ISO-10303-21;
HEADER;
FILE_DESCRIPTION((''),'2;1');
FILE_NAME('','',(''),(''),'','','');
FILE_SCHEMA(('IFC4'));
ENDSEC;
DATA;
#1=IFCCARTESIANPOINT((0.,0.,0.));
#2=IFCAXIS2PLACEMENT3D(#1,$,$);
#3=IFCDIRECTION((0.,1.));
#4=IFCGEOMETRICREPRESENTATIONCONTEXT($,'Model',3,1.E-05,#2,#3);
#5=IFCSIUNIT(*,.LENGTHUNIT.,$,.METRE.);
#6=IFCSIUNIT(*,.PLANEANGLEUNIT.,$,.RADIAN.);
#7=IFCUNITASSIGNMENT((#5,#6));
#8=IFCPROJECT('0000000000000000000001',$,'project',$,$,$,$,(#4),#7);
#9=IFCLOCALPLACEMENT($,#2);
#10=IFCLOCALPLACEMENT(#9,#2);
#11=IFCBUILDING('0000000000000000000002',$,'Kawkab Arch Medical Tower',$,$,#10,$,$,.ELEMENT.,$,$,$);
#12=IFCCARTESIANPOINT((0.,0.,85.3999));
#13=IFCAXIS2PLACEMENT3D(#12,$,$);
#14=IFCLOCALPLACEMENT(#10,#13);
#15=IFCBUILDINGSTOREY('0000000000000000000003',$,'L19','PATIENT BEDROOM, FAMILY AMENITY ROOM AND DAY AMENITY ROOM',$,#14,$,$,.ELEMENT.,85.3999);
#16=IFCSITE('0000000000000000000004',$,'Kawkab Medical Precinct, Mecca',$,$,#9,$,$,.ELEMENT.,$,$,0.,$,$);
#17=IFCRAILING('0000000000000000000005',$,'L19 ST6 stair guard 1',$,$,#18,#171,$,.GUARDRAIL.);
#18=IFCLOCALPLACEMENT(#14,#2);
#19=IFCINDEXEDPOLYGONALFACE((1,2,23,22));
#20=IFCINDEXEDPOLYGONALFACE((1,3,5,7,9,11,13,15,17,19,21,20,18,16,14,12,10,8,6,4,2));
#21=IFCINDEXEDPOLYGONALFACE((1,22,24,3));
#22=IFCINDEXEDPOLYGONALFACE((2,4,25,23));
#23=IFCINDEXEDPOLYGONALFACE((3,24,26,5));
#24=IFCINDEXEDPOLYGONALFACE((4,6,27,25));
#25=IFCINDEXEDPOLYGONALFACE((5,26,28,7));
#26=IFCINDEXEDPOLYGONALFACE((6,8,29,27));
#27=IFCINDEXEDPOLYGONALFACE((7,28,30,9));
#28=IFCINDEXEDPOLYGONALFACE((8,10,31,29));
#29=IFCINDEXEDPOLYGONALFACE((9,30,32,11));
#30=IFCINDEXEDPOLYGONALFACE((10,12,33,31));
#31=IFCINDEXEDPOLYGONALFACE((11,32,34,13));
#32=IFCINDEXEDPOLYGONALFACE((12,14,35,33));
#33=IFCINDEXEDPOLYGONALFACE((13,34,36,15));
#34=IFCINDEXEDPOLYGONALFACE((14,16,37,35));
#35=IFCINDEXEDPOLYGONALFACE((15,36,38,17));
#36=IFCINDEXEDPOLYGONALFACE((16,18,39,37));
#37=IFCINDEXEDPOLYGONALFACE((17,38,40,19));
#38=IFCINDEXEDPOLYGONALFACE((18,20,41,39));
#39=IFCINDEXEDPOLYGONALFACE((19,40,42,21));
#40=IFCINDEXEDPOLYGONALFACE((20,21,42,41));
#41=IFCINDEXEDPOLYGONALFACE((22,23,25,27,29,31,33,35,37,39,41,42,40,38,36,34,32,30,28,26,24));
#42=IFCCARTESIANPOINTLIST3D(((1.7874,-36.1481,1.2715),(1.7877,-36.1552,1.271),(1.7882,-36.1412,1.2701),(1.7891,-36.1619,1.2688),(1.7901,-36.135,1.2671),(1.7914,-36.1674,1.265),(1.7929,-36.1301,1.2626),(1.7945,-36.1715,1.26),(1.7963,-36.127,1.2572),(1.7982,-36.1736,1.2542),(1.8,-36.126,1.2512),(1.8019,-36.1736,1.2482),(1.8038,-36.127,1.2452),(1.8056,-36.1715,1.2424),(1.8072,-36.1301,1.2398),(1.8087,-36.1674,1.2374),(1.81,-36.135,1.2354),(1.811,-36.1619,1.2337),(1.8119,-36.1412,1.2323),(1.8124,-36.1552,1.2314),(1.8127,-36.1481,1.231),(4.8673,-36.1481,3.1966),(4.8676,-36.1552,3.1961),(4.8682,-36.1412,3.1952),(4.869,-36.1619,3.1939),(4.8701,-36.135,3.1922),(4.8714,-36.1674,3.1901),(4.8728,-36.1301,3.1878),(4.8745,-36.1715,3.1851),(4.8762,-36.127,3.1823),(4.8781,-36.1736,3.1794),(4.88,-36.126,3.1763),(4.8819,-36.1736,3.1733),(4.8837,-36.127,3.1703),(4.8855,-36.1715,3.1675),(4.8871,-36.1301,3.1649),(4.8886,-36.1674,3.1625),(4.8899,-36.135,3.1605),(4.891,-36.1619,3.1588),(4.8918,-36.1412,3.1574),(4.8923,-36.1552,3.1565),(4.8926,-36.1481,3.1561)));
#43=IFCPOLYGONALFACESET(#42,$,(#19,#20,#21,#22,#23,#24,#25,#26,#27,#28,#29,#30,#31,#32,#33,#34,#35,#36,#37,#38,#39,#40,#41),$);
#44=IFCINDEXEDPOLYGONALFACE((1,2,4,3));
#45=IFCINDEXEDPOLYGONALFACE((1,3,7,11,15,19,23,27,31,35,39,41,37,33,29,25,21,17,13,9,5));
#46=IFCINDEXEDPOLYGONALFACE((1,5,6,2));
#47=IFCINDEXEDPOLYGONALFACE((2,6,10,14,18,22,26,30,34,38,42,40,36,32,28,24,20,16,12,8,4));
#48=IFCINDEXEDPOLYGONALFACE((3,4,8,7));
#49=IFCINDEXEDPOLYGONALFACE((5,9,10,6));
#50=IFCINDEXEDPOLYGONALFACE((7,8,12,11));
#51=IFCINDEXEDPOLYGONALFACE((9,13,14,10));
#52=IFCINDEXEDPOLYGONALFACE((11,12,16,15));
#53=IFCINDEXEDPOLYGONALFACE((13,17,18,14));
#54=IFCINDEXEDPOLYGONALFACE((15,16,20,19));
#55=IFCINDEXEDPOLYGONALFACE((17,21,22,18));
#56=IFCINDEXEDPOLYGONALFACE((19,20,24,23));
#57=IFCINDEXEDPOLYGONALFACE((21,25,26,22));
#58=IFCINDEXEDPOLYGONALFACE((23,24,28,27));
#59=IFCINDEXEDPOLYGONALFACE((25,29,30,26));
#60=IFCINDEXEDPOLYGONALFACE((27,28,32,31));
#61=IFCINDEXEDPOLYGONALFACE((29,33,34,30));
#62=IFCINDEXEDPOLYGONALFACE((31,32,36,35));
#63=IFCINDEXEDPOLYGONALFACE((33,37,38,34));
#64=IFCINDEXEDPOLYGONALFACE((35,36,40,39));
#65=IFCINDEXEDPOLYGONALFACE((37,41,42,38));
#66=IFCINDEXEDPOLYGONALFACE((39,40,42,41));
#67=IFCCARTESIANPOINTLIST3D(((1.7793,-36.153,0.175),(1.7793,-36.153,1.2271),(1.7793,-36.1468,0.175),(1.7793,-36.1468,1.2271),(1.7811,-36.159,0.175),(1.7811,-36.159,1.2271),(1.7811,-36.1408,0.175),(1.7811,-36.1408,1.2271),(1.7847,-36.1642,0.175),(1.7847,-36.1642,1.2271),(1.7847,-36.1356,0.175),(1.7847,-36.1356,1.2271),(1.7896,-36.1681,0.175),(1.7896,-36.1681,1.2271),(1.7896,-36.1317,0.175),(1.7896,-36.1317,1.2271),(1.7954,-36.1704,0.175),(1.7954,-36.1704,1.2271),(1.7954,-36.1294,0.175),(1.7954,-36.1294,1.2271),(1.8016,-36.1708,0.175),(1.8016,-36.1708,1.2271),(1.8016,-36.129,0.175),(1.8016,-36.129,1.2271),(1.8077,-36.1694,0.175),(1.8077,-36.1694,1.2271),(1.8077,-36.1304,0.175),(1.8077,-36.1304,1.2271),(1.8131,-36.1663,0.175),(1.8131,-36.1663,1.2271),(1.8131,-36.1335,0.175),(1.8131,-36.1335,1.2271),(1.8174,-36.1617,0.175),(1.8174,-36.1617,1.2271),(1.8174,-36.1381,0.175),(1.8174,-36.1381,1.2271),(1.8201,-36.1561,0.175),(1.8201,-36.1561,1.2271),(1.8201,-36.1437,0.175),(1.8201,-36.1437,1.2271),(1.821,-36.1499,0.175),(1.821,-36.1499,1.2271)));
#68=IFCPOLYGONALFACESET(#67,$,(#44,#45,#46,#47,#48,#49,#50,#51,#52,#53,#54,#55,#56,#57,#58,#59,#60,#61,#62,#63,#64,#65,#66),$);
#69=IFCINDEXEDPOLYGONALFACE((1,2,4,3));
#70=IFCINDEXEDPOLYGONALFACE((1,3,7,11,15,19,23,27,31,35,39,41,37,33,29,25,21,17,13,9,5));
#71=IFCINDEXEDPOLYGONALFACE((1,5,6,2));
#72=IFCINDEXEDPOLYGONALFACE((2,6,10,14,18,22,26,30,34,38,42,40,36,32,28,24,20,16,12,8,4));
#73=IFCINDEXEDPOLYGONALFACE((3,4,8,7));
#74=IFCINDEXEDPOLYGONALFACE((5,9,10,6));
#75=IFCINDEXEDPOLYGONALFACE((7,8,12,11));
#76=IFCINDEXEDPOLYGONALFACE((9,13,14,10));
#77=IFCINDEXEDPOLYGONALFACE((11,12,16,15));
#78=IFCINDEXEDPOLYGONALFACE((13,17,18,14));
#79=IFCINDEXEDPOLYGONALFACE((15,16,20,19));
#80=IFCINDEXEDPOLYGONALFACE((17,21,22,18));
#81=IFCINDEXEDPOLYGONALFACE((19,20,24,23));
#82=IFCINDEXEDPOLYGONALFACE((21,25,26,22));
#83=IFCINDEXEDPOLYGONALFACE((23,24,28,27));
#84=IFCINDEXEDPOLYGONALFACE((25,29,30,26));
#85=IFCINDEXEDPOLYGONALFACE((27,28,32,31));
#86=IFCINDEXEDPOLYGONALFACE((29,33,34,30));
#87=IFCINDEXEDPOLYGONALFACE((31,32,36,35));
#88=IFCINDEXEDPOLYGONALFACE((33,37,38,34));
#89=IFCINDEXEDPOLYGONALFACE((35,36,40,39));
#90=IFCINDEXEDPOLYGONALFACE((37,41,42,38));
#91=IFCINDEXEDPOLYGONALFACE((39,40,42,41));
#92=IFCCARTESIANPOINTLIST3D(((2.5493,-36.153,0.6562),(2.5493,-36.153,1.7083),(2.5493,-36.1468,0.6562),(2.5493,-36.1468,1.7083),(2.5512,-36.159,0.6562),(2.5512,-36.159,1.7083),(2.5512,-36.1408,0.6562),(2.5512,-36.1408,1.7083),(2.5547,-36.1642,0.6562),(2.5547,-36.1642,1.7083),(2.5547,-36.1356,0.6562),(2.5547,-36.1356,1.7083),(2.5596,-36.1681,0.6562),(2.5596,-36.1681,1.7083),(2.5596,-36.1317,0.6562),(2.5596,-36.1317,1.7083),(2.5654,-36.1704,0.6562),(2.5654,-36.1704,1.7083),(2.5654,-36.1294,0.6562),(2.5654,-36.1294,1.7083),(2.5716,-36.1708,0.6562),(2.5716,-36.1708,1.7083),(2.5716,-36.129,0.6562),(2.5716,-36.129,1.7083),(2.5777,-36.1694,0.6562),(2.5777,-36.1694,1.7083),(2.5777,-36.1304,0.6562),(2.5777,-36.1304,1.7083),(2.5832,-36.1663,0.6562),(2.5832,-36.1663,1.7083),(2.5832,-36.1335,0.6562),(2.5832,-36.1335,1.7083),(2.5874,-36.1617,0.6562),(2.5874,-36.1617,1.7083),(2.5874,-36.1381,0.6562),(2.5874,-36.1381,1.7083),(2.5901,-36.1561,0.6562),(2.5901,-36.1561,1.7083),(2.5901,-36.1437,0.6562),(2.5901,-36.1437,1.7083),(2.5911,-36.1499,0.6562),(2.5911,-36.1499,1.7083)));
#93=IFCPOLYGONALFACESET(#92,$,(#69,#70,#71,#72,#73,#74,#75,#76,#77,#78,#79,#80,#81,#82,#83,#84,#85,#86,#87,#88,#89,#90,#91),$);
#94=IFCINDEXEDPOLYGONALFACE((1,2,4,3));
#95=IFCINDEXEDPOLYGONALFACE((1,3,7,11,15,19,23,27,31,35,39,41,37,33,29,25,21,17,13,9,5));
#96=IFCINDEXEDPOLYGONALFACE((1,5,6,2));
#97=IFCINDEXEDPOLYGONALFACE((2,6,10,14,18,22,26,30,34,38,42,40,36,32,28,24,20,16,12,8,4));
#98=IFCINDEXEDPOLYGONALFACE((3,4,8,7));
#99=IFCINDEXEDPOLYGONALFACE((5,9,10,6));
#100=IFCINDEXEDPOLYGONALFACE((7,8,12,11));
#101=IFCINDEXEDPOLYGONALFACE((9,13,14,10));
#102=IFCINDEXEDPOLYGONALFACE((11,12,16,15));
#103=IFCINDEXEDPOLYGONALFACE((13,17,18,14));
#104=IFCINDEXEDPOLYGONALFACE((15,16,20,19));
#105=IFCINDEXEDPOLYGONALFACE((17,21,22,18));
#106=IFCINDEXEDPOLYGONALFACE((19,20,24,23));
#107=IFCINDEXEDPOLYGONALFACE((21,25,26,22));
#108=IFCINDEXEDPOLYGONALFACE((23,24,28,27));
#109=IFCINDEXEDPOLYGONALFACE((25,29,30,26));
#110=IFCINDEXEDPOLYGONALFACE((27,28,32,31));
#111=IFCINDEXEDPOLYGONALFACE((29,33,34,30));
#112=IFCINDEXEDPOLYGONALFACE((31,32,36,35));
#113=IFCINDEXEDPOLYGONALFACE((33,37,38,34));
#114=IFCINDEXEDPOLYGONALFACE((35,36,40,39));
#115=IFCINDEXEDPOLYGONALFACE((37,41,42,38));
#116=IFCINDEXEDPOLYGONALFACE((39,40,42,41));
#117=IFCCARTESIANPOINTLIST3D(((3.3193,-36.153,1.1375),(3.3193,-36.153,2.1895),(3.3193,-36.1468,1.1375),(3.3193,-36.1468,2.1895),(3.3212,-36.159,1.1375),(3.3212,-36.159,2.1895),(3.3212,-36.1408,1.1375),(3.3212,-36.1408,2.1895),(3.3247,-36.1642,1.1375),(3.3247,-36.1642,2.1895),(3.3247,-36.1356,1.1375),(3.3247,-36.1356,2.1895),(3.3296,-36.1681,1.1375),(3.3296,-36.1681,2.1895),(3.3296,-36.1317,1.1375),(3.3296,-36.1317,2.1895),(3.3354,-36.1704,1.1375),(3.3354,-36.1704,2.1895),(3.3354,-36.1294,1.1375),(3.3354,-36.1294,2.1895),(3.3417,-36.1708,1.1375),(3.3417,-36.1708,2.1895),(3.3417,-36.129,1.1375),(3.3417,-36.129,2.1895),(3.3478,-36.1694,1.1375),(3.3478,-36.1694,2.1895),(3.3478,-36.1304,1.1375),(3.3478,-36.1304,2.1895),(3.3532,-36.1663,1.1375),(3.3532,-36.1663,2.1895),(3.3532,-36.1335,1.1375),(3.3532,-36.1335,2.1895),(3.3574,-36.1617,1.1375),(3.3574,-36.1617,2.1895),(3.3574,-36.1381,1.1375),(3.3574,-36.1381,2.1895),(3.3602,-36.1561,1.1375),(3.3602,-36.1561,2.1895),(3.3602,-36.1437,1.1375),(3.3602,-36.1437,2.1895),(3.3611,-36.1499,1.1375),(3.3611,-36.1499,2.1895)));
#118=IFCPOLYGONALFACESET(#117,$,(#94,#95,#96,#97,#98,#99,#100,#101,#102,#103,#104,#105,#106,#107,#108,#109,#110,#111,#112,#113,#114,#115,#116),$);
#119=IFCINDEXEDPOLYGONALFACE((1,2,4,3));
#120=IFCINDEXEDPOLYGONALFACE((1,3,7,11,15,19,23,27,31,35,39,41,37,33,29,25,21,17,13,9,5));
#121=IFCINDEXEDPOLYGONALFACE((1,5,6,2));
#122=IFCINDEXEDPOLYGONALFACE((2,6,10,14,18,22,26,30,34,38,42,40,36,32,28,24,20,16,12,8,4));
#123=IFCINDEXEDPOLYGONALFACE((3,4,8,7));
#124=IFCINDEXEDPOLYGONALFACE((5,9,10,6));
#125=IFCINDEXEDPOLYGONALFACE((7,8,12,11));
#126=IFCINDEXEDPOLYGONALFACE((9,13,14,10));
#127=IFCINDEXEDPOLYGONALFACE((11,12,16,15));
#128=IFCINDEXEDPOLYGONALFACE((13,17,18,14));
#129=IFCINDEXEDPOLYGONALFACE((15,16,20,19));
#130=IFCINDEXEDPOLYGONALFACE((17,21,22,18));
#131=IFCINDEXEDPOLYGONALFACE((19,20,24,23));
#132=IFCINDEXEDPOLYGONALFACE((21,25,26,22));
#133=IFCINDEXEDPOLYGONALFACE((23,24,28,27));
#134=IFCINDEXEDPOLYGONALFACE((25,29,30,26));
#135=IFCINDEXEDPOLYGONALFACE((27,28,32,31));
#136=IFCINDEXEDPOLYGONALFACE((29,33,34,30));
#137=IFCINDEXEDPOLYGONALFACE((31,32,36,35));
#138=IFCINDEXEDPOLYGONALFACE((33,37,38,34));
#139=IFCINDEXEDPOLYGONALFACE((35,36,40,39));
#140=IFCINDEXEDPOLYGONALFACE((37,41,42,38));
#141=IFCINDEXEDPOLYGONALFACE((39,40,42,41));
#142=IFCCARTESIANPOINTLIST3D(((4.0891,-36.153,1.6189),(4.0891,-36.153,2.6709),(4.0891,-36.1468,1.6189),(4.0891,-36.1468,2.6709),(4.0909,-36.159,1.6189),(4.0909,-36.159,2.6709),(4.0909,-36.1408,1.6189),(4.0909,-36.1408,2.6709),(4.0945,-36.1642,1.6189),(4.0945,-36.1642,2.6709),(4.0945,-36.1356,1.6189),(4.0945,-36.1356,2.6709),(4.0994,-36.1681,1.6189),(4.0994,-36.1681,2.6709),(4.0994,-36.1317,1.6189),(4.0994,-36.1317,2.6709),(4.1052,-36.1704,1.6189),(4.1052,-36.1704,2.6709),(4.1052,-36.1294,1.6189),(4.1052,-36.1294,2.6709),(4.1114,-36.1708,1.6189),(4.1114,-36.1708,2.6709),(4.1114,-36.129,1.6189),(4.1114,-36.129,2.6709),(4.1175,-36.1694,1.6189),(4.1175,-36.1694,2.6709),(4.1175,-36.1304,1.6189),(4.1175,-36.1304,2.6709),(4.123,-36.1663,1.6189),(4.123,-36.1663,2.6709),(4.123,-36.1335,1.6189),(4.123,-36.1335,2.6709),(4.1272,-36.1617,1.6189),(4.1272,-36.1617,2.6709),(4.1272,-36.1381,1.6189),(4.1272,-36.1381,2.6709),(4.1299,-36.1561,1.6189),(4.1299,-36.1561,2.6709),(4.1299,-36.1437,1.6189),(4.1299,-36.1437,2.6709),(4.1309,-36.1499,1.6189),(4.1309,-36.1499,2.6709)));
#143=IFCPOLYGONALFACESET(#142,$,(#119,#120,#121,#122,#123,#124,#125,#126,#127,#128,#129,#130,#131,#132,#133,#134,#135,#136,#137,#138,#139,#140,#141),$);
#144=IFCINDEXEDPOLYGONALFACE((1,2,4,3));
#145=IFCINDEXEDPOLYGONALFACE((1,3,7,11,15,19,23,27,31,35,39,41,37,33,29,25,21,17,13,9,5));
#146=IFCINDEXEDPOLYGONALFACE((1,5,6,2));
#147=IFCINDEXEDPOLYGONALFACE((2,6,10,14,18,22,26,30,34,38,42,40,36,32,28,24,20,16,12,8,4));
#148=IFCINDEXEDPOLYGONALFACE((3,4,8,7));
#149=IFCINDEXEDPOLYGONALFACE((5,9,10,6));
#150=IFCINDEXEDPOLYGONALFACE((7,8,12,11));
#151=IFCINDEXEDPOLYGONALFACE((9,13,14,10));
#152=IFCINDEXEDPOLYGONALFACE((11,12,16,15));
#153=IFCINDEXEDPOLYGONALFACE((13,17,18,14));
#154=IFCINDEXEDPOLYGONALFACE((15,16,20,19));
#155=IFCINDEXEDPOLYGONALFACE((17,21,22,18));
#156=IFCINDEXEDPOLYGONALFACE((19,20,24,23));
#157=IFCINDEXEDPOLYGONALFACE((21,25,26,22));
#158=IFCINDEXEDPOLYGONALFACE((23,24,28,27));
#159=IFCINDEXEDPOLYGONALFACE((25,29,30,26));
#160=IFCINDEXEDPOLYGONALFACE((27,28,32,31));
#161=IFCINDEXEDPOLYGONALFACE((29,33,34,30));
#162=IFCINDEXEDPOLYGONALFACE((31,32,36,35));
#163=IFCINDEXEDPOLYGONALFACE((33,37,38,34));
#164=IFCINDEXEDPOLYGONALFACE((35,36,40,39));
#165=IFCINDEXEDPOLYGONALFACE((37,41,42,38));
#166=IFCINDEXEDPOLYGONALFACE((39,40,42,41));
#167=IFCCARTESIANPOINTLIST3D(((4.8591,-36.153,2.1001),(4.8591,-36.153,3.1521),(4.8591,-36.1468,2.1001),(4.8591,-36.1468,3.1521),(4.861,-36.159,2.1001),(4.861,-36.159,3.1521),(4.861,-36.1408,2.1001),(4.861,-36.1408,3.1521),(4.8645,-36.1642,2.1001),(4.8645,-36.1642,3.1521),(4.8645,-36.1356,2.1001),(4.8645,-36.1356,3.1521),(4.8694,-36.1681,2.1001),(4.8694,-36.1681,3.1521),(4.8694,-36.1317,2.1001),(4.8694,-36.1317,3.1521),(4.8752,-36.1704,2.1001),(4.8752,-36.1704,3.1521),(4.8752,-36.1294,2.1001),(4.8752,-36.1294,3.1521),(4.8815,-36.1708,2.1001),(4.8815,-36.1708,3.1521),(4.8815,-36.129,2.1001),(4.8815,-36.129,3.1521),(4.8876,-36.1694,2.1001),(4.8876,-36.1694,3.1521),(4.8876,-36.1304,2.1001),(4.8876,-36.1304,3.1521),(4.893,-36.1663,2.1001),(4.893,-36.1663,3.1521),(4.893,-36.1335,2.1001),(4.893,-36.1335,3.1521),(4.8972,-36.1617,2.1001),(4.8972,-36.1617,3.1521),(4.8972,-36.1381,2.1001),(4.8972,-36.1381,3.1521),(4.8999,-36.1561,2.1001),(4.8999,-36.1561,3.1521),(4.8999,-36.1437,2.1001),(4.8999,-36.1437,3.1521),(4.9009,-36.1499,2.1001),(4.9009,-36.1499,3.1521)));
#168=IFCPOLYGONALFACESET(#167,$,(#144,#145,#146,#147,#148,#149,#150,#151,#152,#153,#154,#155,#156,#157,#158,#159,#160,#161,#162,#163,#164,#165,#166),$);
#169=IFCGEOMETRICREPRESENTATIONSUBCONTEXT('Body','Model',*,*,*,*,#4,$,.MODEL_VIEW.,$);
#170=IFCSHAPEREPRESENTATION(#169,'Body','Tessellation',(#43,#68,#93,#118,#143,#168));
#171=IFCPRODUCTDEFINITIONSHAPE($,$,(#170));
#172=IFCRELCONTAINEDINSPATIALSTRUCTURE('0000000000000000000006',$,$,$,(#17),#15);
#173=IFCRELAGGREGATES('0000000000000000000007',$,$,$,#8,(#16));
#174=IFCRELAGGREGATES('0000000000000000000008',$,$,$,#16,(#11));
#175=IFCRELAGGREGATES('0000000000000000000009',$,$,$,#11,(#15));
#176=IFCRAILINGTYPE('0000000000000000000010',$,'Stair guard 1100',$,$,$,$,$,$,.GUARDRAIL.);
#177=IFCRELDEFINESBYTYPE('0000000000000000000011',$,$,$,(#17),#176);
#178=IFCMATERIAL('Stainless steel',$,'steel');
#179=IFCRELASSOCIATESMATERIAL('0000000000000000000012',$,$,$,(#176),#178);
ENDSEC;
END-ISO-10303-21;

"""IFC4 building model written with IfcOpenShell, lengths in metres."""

from ifc_helpers import new_model, si_unit, direction, frame, origin, origin_2d, place, context, subcontext, project, spatial, circle, extrude, material, type_object, element, save


model = new_model("IFC4")

# Units and contexts
model_context = context("Model", 3, precision=1e-05, world=origin(), true_north=direction((0.0, 1.0)))
body_context = subcontext(model_context, "Body", "Model", "MODEL_VIEW")
ifc_project = project(units=[si_unit("LENGTHUNIT", "METRE"), si_unit("PLANEANGLEUNIT", "RADIAN")], contexts=[model_context])

# Site, building, storey
site_placement = place(None, origin())
site = spatial("IfcSite", under=ifc_project, at=site_placement, Name="Kawkab Medical Precinct, Mecca", CompositionType="ELEMENT", RefElevation=0.0)
building_placement = place(site_placement, origin())
building = spatial("IfcBuilding", under=site, at=building_placement, Name="Kawkab Arch Medical Tower", CompositionType="ELEMENT")
storey_placement = place(building_placement, frame((0.0, 0.0, 85.3999)))
storey = spatial("IfcBuildingStorey", under=building, at=storey_placement, Name="L19", Description="PATIENT BEDROOM, FAMILY AMENITY ROOM AND DAY AMENITY ROOM", CompositionType="ELEMENT", Elevation=85.3999)

# Railing
ifc_material_1 = material(Name="Stainless steel", Category="steel")
railing_type = type_object("IfcRailingType", Name="Stair guard 1100", PredefinedType="GUARDRAIL", material=ifc_material_1)
railing_1_placement = place(storey_placement, frame((1.8, -36.1499, 0.175)))
element("IfcRailing", 1, at=railing_1_placement, inside=storey, type_object=railing_type, Name="L19 ST6 stair guard 1", PredefinedType="GUARDRAIL", context=body_context, shape_type="SweptSolid", body=[
    extrude(circle(Radius=0.0239, at=origin_2d()), frame((0.0, 0.0, 1.0762), z_axis=(0.847979, 0.0, 0.530029), x_axis=(0.0, 1.0, 0.0)), (0.0, 0.0, 1.0), 3.6321),
    extrude(circle(Radius=0.021, at=origin_2d()), origin(), (0.0, 0.0, 1.0), 1.052),
    extrude(circle(Radius=0.021, at=origin_2d()), frame((0.77, 0.0, 0.4812)), (0.0, 0.0, 1.0), 1.052),
    extrude(circle(Radius=0.021, at=origin_2d()), frame((1.54, 0.0, 0.9624)), (0.0, 0.0, 1.0), 1.052),
    extrude(circle(Radius=0.021, at=origin_2d()), frame((2.3098, 0.0, 1.4438)), (0.0, 0.0, 1.0), 1.052),
    extrude(circle(Radius=0.021, at=origin_2d()), frame((3.0798, 0.0, 1.925)), (0.0, 0.0, 1.0), 1.052),
])

save(model, "model.ifc")
